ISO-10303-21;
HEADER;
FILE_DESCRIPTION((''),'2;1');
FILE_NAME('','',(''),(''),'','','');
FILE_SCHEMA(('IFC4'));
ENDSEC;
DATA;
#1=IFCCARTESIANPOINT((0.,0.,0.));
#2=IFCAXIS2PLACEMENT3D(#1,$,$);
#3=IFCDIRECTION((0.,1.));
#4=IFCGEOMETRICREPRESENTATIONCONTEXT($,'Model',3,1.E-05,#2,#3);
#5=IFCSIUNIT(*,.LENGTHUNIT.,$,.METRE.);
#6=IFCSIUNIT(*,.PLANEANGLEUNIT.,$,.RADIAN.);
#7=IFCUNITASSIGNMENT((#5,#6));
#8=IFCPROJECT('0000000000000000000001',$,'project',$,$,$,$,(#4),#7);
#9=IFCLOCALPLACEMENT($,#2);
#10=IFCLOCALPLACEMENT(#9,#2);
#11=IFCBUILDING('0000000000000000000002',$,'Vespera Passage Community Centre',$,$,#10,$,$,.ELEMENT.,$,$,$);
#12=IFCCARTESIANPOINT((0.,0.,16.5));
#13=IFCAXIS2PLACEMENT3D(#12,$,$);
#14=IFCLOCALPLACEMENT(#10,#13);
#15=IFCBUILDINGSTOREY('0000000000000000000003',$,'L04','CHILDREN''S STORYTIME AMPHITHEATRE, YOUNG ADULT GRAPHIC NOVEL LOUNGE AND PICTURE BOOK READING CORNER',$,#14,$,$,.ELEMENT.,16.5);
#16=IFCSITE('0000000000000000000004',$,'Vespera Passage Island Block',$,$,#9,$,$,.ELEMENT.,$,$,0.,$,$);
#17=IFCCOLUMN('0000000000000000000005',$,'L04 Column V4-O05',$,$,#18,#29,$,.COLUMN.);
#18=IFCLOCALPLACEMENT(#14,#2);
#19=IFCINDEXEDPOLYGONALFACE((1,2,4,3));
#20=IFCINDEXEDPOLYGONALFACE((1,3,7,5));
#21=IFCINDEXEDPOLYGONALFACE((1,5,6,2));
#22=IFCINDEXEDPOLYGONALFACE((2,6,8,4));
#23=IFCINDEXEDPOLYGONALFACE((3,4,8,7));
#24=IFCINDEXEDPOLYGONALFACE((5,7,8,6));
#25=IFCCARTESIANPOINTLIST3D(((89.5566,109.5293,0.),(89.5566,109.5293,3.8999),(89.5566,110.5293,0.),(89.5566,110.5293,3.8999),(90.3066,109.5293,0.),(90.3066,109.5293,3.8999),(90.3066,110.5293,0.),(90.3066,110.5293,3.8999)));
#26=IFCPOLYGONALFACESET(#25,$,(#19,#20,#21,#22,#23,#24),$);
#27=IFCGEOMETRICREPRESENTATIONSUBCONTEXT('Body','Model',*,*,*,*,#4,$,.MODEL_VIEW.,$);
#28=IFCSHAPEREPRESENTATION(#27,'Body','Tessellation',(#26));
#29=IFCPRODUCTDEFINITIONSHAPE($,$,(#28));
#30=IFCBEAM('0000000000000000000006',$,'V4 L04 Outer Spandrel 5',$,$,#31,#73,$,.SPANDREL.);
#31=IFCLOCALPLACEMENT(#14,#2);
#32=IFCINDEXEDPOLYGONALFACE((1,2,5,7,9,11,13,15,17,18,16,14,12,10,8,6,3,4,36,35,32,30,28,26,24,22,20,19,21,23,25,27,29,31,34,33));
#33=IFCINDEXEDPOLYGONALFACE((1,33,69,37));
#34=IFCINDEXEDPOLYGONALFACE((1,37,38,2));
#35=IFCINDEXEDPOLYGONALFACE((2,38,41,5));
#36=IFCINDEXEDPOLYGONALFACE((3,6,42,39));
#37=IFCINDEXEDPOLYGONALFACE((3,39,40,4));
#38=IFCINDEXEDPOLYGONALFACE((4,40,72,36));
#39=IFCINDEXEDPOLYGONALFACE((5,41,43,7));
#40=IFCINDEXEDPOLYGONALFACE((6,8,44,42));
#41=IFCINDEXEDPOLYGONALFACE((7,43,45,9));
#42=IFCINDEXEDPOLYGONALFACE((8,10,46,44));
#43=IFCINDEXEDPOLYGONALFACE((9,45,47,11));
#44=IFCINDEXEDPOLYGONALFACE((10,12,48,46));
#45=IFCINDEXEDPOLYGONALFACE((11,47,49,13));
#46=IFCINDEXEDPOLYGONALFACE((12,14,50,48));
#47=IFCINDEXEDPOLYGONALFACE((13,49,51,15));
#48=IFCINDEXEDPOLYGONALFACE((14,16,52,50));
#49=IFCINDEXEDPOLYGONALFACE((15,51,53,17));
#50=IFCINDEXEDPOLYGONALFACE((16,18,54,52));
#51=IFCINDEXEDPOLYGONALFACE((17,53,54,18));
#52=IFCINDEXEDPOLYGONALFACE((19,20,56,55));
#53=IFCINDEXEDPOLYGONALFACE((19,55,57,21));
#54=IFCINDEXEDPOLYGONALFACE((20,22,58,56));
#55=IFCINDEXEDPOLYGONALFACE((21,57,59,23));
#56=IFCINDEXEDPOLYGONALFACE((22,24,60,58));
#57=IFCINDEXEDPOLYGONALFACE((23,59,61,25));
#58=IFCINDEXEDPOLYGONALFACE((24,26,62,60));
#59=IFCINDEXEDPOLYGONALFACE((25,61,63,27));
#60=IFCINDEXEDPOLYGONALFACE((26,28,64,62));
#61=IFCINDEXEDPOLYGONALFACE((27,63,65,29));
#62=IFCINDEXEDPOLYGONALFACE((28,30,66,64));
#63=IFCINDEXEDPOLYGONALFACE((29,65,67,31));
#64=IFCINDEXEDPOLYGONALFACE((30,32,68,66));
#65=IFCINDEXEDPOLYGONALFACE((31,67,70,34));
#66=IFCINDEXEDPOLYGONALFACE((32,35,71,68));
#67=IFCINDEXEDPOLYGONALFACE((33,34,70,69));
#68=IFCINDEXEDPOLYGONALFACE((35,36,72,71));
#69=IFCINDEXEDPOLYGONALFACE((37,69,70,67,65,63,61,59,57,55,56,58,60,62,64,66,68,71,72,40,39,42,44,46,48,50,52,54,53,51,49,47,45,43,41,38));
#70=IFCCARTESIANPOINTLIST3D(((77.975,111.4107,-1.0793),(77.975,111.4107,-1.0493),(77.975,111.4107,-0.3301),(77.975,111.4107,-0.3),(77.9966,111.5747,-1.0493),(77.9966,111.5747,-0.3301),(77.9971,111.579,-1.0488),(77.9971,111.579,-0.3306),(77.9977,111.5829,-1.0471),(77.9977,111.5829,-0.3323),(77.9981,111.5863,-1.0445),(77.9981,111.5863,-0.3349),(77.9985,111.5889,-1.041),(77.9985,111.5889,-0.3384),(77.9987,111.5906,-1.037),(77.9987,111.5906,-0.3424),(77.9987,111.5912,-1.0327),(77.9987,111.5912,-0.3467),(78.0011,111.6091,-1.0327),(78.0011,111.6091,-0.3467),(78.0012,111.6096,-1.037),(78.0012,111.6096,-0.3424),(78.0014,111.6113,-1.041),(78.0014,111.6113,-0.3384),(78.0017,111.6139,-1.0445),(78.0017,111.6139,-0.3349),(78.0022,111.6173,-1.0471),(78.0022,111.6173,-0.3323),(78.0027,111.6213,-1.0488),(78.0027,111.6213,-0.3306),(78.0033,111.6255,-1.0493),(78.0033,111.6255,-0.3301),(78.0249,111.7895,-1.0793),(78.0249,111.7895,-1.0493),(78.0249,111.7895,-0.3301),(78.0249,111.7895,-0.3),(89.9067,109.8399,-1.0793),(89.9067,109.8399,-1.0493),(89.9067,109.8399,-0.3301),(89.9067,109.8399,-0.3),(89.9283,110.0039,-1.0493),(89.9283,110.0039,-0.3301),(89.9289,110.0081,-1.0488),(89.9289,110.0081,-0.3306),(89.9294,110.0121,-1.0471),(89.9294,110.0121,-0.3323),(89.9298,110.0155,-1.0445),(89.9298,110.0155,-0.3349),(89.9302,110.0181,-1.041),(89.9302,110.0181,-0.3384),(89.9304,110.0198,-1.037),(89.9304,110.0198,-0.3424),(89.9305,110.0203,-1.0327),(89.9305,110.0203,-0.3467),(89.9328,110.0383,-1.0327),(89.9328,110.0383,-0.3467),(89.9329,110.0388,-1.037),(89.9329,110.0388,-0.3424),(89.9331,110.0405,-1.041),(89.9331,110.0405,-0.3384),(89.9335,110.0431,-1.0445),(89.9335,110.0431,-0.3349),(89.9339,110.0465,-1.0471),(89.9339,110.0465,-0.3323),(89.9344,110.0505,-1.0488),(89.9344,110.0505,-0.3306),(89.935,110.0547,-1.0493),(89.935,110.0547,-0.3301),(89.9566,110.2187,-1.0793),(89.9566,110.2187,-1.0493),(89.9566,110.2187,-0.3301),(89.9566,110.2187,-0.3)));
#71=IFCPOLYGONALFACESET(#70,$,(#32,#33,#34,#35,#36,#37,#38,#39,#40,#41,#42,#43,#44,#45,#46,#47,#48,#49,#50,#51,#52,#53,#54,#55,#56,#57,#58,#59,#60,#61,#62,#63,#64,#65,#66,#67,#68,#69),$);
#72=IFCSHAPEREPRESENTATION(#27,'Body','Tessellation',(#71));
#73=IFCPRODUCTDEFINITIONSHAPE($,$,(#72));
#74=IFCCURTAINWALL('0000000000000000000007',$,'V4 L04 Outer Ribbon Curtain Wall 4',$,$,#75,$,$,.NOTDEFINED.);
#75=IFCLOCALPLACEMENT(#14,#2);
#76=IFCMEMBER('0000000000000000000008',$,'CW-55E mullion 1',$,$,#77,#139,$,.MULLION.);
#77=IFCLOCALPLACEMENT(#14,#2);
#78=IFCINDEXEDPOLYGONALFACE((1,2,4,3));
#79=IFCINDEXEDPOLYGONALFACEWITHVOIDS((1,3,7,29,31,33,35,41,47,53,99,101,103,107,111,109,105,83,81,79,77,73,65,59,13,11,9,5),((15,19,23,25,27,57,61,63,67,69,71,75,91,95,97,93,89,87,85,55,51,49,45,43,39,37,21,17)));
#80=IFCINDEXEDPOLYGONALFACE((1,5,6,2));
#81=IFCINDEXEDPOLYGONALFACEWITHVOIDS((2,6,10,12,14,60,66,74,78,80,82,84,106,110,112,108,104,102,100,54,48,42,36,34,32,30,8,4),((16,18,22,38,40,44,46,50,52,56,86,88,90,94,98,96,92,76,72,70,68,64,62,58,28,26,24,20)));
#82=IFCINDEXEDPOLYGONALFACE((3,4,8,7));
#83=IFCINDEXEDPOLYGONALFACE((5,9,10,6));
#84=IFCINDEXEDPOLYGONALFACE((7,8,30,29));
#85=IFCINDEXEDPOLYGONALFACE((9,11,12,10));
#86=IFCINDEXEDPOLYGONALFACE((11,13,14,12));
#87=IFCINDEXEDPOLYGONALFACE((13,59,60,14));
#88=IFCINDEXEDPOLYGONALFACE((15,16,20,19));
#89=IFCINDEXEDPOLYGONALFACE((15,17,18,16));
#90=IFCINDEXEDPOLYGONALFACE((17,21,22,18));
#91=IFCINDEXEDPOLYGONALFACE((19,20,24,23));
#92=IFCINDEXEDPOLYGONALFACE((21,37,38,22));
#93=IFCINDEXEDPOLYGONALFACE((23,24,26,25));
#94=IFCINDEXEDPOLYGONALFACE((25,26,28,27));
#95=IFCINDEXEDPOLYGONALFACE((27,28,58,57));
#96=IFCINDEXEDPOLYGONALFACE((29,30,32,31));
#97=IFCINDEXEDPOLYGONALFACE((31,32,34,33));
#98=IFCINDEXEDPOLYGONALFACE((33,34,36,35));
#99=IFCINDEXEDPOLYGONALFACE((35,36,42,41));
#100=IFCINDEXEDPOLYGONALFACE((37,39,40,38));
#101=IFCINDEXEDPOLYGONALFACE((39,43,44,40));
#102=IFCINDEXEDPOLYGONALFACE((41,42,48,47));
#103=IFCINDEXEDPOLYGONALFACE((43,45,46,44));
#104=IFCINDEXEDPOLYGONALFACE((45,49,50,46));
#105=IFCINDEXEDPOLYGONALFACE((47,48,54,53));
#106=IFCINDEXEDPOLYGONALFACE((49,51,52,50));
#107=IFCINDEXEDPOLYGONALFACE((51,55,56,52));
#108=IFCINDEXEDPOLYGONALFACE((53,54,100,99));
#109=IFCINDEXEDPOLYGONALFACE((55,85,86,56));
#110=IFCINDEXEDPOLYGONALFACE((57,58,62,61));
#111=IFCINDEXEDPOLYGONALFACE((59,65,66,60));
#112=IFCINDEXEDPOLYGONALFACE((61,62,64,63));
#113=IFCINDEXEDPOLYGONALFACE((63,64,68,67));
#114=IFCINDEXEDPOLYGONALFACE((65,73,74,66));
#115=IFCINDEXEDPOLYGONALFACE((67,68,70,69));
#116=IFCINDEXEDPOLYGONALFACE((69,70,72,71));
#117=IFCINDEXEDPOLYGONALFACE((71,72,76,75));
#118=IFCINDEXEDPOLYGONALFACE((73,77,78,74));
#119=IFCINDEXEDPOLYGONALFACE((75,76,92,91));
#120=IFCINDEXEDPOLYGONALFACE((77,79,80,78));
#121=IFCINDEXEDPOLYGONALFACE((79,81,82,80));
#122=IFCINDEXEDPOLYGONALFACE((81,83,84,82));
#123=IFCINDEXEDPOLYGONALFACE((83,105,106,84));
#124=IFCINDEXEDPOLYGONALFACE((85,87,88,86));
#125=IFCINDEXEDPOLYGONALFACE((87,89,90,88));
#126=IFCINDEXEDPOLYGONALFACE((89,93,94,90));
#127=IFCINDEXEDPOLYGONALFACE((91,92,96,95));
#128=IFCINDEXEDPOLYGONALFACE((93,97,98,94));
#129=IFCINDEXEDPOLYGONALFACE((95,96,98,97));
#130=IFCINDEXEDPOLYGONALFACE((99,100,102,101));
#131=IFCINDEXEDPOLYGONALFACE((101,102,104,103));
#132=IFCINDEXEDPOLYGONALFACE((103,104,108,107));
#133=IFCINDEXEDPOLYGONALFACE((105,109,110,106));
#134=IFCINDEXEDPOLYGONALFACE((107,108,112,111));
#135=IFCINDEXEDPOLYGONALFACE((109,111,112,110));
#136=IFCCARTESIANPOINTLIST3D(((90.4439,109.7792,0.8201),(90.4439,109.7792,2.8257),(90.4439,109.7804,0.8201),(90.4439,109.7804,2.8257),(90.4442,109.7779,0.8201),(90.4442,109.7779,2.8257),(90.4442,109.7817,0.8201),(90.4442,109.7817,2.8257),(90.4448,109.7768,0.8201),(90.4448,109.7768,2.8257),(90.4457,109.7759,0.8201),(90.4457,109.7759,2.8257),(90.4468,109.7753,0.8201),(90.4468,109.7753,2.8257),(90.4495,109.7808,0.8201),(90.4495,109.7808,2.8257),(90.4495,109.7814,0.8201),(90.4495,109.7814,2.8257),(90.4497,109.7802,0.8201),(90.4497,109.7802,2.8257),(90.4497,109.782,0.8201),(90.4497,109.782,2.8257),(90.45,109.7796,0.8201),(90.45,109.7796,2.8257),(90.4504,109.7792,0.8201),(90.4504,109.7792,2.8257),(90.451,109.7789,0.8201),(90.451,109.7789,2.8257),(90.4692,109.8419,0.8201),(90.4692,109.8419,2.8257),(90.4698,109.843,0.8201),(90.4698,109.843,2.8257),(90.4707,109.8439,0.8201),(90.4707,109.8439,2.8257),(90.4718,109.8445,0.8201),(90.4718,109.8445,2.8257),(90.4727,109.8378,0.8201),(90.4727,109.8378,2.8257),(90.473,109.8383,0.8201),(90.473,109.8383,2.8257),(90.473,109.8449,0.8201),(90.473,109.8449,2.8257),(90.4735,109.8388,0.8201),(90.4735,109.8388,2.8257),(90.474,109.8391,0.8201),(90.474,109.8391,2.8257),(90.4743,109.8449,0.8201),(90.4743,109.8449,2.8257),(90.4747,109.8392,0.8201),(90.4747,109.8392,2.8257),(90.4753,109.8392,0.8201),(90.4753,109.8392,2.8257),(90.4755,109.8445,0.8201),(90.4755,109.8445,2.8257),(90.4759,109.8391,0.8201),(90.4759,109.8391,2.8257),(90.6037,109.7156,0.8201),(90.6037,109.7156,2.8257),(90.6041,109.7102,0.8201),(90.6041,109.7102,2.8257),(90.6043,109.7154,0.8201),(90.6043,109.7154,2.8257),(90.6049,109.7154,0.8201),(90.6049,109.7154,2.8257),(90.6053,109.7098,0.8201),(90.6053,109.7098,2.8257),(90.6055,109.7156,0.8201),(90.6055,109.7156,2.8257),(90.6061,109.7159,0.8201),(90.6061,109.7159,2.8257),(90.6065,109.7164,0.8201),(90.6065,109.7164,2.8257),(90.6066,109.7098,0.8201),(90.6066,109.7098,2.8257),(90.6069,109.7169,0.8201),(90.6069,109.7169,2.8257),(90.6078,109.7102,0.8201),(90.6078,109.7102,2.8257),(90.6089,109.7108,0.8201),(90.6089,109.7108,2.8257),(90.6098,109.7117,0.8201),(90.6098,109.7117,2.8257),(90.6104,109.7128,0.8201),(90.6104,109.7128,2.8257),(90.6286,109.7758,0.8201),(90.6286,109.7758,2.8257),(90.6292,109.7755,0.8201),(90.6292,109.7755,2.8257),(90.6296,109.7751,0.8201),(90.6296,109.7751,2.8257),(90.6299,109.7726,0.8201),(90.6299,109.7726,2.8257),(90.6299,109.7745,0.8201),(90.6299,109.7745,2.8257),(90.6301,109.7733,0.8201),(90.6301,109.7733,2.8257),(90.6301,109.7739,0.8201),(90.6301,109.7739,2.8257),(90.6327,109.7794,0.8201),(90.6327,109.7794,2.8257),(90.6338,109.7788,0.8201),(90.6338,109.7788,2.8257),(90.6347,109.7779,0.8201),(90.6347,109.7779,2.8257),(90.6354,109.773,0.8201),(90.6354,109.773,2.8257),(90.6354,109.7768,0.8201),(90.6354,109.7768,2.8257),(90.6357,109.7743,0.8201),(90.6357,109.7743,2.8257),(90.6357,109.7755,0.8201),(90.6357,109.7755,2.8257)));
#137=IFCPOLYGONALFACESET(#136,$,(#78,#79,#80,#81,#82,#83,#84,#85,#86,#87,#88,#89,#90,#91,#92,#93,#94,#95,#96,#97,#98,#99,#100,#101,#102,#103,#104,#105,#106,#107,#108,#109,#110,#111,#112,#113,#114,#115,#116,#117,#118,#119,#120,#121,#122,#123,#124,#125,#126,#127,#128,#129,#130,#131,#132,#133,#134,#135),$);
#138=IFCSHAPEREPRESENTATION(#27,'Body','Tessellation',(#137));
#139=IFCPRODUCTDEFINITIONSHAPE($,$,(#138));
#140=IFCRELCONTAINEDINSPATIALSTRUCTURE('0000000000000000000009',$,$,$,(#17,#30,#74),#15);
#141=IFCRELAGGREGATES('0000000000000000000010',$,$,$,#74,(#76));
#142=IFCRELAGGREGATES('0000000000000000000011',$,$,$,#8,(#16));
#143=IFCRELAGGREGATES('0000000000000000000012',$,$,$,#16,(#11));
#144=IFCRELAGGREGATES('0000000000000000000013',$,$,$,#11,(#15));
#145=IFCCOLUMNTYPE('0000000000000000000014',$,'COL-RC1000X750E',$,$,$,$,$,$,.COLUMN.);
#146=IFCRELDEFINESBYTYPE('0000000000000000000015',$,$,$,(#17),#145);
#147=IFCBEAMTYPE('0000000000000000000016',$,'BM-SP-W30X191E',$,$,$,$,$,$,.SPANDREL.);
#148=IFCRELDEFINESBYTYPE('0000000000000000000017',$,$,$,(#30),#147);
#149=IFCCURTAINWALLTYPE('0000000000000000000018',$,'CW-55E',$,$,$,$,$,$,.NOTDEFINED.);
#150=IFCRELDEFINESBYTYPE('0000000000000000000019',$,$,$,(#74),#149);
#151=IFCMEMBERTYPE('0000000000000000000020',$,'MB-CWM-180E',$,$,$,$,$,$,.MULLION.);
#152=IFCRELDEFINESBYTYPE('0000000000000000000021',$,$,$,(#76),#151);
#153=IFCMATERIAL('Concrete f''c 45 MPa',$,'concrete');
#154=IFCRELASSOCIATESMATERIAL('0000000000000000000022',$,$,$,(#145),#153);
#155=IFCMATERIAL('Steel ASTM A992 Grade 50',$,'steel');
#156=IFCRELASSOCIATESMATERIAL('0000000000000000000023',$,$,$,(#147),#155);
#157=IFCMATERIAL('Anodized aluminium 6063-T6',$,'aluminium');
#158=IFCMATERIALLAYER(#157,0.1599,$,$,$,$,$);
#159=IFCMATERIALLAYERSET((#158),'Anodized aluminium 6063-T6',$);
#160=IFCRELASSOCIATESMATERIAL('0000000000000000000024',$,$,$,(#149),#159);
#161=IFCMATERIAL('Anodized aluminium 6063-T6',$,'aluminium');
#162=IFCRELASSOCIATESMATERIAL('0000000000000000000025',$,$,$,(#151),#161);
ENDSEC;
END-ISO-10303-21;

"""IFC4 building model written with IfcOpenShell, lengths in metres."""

from ifc_helpers import new_model, si_unit, direction, frame, origin, origin_2d, place, context, subcontext, project, spatial, rectangle, hollow_rectangle, i_section, extrude, material, layer, layer_set, material_profile, profile_set, type_object, element, aggregate, save


model = new_model("IFC4")

# Units and contexts
model_context = context("Model", 3, precision=1e-05, world=origin(), true_north=direction((0.0, 1.0)))
body_context = subcontext(model_context, "Body", "Model", "MODEL_VIEW")
ifc_project = project(units=[si_unit("LENGTHUNIT", "METRE"), si_unit("PLANEANGLEUNIT", "RADIAN")], contexts=[model_context])

# Site, building, storey
site_placement = place(None, origin())
site = spatial("IfcSite", under=ifc_project, at=site_placement, Name="Vespera Passage Island Block", CompositionType="ELEMENT", RefElevation=0.0)
building_placement = place(site_placement, origin())
building = spatial("IfcBuilding", under=site, at=building_placement, Name="Vespera Passage Community Centre", CompositionType="ELEMENT")
storey_placement = place(building_placement, frame((0.0, 0.0, 16.5)))
storey = spatial("IfcBuildingStorey", under=building, at=storey_placement, Name="L04", Description="CHILDREN'S STORYTIME AMPHITHEATRE, YOUNG ADULT GRAPHIC NOVEL LOUNGE AND PICTURE BOOK READING CORNER", CompositionType="ELEMENT", Elevation=16.5)

# Column
ifc_material_1 = material(Name="Concrete f'c 45 MPa", Category="concrete")
ifc_material_profile_1 = material_profile(ifc_material_1, rectangle(XDim=0.75, YDim=1.0, at=origin_2d()), Name="RC1000X750")
ifc_profile_set_1 = profile_set([ifc_material_profile_1], Name="Concrete f'c 45 MPa")
column_type = type_object("IfcColumnType", Name="COL-RC1000X750E", PredefinedType="COLUMN", material=ifc_profile_set_1)
column_placement = place(storey_placement, frame((89.9316, 110.0293, 0.0), z_axis=(0.0, 0.0, 1.0), x_axis=(1.0, 0.0, 0.0)))
element("IfcColumn", 1, at=column_placement, inside=storey, type_object=column_type, Name="L04 Column V4-O05", PredefinedType="COLUMN", context=body_context, shape_type="SweptSolid", body=[
    extrude(rectangle(XDim=0.75, YDim=1.0, at=origin_2d()), origin(), (0.0, 0.0, 1.0), 3.8999),
])

# Beam
ifc_material_2 = material(Name="Steel ASTM A992 Grade 50", Category="steel")
ifc_material_profile_2 = material_profile(ifc_material_2, i_section(OverallWidth=0.3821, OverallDepth=0.7793, WebThickness=0.0181, FlangeThickness=0.03, FilletRadius=0.0166, at=origin_2d()), Name="W30X191")
ifc_profile_set_2 = profile_set([ifc_material_profile_2], Name="Steel ASTM A992 Grade 50")
beam_type = type_object("IfcBeamType", Name="BM-SP-W30X191E", PredefinedType="SPANDREL", material=ifc_profile_set_2)
beam_placement = place(storey_placement, frame((89.9316, 110.0293, -0.6897), z_axis=(-0.991445, 0.130524, 0.0), x_axis=(-0.130524, -0.991445, 0.0)))
element("IfcBeam", 2, at=beam_placement, inside=storey, type_object=beam_type, Name="V4 L04 Outer Spandrel 5", PredefinedType="SPANDREL", context=body_context, shape_type="SweptSolid", body=[
    extrude(i_section(OverallWidth=0.3821, OverallDepth=0.7793, WebThickness=0.0181, FlangeThickness=0.03, FilletRadius=0.0166, at=origin_2d()), origin(), (0.0, 0.0, 1.0), 12.0347),
])

# Curtain wall, member
ifc_material_3 = material(Name="Anodized aluminium 6063-T6", Category="aluminium")
ifc_layer_1 = layer(ifc_material_3, 0.1599)
ifc_layer_set_1 = layer_set([ifc_layer_1], Name="Anodized aluminium 6063-T6")
curtain_wall_type_1 = type_object("IfcCurtainWallType", Name="CW-55E", PredefinedType="NOTDEFINED", material=ifc_layer_set_1)
curtain_wall_1_placement = place(storey_placement, origin())
curtain_wall_1 = element("IfcCurtainWall", 3, at=curtain_wall_1_placement, inside=storey, type_object=curtain_wall_type_1, Name="V4 L04 Outer Ribbon Curtain Wall 4", PredefinedType="NOTDEFINED")
ifc_material_4 = material(Name="Anodized aluminium 6063-T6", Category="aluminium")
ifc_material_profile_3 = material_profile(ifc_material_4, hollow_rectangle(XDim=0.075, YDim=0.1799, WallThickness=0.0049, InnerFilletRadius=0.0024, OuterFilletRadius=0.0049, at=origin_2d()), Name="ALU180X75X5")
ifc_profile_set_3 = profile_set([ifc_material_profile_3], Name="Anodized aluminium 6063-T6")
member_type_1 = type_object("IfcMemberType", Name="MB-CWM-180E", PredefinedType="MULLION", material=ifc_profile_set_3)
member_1_placement = place(storey_placement, frame((90.5398, 109.7773, 0.8201), z_axis=(0.0, 0.0, 1.0), x_axis=(0.382683, 0.92388, 0.0)))
member_1 = element("IfcMember", 4, at=member_1_placement, type_object=member_type_1, Name="CW-55E mullion 1", PredefinedType="MULLION", context=body_context, shape_type="SweptSolid", body=[
    extrude(hollow_rectangle(XDim=0.075, YDim=0.1799, WallThickness=0.0049, InnerFilletRadius=0.0024, OuterFilletRadius=0.0049, at=origin_2d()), origin(), (0.0, 0.0, 1.0), 2.0056),
])

aggregate(curtain_wall_1, [member_1])

save(model, "model.ifc")
